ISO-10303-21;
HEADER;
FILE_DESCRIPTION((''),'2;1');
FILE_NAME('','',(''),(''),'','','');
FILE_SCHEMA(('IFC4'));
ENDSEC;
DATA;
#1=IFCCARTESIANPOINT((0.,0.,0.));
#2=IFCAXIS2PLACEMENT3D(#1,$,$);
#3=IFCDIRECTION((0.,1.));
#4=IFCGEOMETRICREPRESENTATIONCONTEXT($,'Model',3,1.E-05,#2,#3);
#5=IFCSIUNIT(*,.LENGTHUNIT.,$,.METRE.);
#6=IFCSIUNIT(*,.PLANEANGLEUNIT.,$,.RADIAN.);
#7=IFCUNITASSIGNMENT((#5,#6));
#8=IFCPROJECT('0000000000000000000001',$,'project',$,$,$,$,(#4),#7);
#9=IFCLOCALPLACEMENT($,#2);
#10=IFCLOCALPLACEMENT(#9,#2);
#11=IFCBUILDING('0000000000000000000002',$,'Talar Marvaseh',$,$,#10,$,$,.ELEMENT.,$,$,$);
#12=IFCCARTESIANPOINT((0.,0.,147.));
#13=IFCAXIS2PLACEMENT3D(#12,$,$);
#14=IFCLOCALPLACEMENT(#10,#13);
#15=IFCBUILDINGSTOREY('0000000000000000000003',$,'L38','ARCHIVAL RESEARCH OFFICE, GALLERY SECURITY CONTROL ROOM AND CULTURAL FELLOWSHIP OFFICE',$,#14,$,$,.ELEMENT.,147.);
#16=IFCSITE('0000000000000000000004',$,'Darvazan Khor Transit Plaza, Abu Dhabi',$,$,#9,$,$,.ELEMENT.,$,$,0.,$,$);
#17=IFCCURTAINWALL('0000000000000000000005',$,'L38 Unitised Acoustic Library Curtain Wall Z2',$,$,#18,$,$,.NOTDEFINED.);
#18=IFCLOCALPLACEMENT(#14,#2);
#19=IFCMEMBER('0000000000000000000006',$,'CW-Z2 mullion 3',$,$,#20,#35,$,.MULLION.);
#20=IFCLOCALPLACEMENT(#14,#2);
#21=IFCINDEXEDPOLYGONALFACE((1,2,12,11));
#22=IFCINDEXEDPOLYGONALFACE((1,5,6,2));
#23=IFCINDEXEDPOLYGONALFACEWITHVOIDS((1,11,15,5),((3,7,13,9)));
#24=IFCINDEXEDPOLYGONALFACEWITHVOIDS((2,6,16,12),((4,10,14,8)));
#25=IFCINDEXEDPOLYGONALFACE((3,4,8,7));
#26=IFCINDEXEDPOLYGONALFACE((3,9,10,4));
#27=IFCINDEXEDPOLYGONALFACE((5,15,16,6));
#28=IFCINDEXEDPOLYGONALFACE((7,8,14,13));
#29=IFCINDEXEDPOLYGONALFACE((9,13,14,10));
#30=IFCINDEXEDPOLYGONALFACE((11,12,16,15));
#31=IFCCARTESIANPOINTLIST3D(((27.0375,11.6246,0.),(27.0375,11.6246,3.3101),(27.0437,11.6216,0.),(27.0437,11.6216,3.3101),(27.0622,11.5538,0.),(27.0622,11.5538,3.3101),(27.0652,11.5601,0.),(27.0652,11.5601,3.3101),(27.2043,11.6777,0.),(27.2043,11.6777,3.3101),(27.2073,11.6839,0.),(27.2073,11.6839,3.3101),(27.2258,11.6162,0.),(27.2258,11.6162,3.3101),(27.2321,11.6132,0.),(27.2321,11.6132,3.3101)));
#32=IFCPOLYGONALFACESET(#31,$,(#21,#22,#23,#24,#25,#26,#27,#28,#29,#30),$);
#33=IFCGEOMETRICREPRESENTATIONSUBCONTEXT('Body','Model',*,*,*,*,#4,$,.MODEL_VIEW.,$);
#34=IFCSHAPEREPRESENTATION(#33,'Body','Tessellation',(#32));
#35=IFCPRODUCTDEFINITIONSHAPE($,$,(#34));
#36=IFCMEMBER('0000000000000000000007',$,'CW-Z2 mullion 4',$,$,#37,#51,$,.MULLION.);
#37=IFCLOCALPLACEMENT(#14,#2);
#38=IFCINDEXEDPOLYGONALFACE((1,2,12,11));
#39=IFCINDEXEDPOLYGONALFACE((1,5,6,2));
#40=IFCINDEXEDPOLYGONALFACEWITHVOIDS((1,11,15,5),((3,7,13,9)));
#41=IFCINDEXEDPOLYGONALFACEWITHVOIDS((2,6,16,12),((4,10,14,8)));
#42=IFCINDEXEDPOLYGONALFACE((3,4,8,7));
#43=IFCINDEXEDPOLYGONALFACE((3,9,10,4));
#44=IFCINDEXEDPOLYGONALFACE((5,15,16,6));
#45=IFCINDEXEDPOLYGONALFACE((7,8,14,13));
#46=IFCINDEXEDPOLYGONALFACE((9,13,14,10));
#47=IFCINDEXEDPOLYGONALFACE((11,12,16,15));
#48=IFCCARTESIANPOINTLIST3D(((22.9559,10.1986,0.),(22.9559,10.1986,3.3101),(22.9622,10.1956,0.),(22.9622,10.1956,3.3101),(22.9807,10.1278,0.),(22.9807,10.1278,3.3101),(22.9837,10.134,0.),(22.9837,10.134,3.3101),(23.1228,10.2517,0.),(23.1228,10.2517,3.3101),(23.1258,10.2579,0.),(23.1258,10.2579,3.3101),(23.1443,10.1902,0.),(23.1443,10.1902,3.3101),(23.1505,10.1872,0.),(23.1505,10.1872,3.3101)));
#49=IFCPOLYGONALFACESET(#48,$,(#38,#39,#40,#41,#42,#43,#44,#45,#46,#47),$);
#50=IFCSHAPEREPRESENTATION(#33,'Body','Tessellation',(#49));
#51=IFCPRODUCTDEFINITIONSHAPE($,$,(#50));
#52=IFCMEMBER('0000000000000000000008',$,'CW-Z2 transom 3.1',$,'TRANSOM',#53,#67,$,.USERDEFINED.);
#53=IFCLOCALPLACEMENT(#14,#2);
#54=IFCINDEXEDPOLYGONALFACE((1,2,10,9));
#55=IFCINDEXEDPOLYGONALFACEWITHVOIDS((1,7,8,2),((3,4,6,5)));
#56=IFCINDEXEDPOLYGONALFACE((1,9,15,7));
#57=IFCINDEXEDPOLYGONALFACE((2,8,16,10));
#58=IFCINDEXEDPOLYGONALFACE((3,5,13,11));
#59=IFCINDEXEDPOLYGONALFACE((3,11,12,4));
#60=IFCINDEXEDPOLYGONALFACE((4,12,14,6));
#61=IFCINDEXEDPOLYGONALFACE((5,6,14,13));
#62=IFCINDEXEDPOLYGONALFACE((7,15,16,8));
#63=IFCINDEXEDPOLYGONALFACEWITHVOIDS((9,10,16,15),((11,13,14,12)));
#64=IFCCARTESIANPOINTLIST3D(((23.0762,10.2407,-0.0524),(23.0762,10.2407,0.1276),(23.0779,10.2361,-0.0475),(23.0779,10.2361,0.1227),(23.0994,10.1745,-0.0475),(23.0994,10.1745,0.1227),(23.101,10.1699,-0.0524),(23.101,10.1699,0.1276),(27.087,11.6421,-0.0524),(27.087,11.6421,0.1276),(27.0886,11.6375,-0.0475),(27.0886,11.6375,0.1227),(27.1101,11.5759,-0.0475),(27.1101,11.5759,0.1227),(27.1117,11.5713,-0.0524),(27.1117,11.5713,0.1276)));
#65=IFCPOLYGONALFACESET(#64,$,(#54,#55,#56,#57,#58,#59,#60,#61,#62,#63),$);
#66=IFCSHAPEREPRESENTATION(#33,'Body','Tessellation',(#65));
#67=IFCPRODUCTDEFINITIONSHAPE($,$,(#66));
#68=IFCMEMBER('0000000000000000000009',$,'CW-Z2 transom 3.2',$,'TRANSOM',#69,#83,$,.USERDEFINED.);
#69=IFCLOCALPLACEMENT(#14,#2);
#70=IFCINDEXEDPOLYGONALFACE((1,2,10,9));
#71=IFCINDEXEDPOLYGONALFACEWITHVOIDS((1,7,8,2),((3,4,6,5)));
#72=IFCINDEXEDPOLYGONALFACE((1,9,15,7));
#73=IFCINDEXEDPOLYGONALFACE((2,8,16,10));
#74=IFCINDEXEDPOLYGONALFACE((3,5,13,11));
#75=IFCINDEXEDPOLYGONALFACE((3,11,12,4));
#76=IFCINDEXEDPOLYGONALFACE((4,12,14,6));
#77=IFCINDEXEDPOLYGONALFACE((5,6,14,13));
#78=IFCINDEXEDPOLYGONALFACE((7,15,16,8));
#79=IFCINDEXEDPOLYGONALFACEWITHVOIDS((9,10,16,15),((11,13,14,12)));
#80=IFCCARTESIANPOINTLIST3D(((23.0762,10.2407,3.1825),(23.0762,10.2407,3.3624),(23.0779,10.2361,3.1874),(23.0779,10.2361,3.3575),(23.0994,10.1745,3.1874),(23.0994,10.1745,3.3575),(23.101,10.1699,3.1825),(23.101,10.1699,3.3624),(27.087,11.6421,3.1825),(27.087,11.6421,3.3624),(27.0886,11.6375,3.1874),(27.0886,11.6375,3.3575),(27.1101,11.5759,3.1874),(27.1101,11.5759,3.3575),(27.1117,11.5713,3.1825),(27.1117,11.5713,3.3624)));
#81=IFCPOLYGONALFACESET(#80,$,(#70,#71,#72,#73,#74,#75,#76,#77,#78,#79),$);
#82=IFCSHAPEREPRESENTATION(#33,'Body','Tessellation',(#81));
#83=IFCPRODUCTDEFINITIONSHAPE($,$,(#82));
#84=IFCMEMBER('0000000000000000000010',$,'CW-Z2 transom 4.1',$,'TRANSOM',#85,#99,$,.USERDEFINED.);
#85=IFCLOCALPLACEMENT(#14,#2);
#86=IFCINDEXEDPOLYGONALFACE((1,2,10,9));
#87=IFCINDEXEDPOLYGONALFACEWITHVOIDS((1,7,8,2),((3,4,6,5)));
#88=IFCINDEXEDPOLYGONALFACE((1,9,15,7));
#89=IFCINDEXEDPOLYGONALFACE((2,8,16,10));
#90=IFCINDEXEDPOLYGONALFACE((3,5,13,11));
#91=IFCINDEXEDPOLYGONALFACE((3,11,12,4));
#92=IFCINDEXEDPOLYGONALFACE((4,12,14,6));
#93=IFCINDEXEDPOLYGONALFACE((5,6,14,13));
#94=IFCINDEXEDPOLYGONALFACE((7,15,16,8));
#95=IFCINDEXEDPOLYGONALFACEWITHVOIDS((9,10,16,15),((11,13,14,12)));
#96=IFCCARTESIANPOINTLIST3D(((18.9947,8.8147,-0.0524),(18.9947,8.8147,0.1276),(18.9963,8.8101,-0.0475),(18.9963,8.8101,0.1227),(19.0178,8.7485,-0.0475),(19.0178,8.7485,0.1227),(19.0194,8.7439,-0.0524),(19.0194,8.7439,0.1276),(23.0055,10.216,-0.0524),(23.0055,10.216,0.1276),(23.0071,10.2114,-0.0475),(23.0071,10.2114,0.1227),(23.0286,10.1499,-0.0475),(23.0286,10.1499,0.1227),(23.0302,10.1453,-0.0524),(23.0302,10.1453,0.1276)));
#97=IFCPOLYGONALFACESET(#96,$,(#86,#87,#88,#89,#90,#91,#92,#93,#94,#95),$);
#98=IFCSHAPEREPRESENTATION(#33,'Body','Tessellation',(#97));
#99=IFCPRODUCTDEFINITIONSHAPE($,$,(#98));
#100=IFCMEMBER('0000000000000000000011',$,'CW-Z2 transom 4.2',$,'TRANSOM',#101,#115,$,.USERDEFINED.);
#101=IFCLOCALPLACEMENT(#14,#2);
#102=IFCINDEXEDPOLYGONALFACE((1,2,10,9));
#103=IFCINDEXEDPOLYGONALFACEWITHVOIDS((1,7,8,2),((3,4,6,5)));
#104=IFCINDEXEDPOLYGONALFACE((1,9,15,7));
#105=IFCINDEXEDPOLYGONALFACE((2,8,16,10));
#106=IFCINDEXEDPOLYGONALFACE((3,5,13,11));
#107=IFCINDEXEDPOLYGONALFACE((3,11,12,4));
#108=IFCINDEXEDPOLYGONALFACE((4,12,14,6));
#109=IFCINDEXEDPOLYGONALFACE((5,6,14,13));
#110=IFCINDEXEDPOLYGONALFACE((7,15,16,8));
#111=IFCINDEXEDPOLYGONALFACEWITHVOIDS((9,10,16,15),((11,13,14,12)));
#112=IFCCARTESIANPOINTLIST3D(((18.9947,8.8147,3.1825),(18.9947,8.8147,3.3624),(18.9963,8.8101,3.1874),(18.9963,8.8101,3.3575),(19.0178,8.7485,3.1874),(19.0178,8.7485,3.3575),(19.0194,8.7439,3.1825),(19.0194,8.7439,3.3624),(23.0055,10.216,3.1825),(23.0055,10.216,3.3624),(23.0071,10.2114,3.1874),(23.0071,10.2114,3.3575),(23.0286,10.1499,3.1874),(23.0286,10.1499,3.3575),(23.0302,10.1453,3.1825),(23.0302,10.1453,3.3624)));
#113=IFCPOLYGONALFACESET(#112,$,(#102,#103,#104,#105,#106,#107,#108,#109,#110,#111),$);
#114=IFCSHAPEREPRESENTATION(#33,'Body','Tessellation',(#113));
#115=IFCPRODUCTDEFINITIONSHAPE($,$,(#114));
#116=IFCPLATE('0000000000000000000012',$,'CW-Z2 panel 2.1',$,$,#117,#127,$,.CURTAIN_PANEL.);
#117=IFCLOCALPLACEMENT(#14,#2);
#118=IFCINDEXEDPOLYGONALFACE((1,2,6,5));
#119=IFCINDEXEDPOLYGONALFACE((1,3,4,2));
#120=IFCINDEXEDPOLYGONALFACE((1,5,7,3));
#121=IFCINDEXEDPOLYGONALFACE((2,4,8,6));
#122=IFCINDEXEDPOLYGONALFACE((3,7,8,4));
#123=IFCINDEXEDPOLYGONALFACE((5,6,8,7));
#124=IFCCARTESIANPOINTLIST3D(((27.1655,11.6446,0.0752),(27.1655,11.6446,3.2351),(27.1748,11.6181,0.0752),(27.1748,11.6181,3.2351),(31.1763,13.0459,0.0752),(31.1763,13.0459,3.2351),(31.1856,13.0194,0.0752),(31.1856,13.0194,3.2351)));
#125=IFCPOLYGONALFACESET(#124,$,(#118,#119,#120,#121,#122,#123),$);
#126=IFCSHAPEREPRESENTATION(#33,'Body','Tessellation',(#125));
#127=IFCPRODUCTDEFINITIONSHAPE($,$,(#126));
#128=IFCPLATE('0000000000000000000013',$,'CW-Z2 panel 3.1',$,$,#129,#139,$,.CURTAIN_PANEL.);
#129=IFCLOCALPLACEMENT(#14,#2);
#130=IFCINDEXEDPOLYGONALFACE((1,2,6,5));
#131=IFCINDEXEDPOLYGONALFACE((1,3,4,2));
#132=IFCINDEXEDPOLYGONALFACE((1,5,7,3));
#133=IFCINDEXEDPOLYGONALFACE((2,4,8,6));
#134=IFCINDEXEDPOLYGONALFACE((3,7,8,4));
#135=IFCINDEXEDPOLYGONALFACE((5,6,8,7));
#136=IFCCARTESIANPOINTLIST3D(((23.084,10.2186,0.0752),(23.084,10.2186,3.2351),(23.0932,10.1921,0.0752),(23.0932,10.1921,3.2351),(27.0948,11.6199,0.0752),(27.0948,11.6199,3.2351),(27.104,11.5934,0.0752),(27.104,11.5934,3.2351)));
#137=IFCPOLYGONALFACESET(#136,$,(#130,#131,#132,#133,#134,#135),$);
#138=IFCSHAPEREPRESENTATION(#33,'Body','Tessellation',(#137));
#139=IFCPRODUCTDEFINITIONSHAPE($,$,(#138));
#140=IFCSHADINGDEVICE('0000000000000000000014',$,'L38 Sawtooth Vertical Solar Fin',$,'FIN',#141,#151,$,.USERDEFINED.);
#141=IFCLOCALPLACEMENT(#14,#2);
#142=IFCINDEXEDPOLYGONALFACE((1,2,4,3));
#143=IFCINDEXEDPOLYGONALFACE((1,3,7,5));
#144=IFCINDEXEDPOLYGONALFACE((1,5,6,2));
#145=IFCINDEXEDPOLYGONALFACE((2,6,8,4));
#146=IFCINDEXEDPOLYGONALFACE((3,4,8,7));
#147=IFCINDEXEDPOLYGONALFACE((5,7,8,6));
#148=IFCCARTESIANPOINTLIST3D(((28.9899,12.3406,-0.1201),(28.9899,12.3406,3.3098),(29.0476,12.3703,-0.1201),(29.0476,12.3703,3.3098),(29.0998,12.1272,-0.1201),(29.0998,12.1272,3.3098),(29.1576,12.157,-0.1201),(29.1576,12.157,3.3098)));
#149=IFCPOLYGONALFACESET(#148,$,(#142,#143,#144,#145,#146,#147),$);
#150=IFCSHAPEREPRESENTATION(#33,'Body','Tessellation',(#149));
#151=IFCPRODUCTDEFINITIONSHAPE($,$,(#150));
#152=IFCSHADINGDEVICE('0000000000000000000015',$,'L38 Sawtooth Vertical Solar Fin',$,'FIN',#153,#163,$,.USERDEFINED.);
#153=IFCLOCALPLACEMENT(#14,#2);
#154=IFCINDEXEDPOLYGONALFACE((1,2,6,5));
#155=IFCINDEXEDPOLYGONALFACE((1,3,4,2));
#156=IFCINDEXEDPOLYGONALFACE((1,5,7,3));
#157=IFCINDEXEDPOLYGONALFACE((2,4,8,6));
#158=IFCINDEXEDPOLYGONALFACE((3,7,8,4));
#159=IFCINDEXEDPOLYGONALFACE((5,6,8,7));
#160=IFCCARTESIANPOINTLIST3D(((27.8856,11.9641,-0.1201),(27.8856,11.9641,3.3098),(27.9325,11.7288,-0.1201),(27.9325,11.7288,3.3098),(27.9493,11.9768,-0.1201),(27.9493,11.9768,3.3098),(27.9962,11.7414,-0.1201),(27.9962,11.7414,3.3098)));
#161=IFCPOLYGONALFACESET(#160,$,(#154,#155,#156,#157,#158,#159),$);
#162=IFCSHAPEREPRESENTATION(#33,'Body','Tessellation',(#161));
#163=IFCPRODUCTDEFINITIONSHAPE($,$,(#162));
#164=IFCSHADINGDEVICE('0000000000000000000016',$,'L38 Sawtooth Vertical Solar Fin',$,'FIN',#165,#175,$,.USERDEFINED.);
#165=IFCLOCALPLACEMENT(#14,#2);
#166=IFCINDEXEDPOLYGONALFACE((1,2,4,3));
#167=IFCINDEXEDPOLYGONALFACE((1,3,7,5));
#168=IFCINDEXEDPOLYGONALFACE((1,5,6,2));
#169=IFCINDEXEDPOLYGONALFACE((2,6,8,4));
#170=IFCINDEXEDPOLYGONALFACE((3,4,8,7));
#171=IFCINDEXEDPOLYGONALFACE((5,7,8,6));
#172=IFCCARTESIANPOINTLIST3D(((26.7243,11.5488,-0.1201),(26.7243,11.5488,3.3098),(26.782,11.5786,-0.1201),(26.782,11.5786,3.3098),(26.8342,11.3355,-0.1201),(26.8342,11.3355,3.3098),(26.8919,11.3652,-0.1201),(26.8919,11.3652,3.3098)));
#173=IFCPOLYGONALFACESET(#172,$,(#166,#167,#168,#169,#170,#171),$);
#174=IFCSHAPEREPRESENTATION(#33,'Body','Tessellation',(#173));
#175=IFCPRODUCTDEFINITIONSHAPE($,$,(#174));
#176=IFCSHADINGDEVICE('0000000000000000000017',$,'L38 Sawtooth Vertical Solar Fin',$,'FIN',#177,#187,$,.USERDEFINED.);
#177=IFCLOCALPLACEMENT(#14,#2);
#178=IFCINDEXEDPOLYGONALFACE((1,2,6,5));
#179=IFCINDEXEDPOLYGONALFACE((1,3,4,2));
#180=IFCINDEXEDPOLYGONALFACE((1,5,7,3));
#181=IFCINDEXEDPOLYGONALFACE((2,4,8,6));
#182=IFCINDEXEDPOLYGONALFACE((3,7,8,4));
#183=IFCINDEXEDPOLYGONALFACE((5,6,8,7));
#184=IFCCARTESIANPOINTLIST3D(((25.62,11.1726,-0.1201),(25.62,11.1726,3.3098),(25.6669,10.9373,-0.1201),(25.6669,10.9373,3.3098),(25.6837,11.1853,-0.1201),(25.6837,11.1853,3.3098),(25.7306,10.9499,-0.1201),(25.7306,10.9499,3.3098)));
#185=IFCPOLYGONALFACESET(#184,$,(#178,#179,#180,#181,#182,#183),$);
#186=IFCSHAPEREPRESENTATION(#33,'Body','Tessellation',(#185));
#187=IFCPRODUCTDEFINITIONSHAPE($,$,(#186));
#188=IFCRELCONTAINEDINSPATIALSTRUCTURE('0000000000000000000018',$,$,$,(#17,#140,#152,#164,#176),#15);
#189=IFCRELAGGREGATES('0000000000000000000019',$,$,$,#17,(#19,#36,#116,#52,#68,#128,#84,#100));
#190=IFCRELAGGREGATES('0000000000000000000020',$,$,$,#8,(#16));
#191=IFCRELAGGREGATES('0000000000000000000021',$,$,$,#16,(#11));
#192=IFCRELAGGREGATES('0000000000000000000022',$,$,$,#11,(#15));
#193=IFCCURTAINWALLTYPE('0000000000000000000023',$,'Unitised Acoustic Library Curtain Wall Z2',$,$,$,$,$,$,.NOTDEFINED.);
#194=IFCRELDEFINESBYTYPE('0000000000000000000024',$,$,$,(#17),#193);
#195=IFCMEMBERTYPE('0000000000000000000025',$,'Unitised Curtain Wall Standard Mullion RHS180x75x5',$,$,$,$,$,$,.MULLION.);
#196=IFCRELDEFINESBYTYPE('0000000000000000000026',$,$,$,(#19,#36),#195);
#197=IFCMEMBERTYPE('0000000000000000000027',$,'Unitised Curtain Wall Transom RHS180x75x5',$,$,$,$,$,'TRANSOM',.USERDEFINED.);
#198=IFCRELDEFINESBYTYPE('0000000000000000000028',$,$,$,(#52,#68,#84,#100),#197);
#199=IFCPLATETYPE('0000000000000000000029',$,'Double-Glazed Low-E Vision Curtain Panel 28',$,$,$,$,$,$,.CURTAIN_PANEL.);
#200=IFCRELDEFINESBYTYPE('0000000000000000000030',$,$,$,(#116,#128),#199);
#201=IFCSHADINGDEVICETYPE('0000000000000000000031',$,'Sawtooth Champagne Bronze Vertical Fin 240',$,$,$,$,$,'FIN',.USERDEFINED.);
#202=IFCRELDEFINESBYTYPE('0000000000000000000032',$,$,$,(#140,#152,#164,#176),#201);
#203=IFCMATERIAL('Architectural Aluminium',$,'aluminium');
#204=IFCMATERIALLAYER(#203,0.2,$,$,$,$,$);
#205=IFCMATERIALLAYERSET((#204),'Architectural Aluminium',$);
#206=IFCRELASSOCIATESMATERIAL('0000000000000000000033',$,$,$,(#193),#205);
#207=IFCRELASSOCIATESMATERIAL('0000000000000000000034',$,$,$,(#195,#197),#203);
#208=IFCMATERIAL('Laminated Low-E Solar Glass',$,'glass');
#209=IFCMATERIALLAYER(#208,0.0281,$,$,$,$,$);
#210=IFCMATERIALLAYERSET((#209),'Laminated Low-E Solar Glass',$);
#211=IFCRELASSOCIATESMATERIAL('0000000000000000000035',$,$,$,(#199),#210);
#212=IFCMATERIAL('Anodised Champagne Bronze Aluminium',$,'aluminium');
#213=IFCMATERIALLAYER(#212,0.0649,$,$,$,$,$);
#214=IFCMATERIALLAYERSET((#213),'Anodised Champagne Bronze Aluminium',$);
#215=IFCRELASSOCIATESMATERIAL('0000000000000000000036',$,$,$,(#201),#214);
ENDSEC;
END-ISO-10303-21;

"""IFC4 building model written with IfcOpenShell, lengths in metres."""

from ifc_helpers import new_model, si_unit, direction, frame, origin, origin_2d, place, context, subcontext, project, spatial, rectangle, hollow_rectangle, extrude, source, transform, mapped, material, layer, layer_set, material_profile, profile_set, type_object, type_shapes, element, aggregate, save


model = new_model("IFC4")

# Units and contexts
model_context = context("Model", 3, precision=1e-05, world=origin(), true_north=direction((0.0, 1.0)))
body_context = subcontext(model_context, "Body", "Model", "MODEL_VIEW")
ifc_project = project(units=[si_unit("LENGTHUNIT", "METRE"), si_unit("PLANEANGLEUNIT", "RADIAN")], contexts=[model_context])

# Site, building, storey
site_placement = place(None, origin())
site = spatial("IfcSite", under=ifc_project, at=site_placement, Name="Darvazan Khor Transit Plaza, Abu Dhabi", CompositionType="ELEMENT", RefElevation=0.0)
building_placement = place(site_placement, origin())
building = spatial("IfcBuilding", under=site, at=building_placement, Name="Talar Marvaseh", CompositionType="ELEMENT")
storey_placement = place(building_placement, frame((0.0, 0.0, 147.0)))
storey = spatial("IfcBuildingStorey", under=building, at=storey_placement, Name="L38", Description="ARCHIVAL RESEARCH OFFICE, GALLERY SECURITY CONTROL ROOM AND CULTURAL FELLOWSHIP OFFICE", CompositionType="ELEMENT", Elevation=147.0)

# Curtain wall, members, plates
ifc_material_1 = material(Name="Architectural Aluminium", Category="aluminium")
ifc_layer_1 = layer(ifc_material_1, 0.2)
ifc_layer_set_1 = layer_set([ifc_layer_1], Name="Architectural Aluminium")
curtain_wall_type = type_object("IfcCurtainWallType", Name="Unitised Acoustic Library Curtain Wall Z2", PredefinedType="NOTDEFINED", material=ifc_layer_set_1)
curtain_wall_placement = place(storey_placement, origin())
curtain_wall = element("IfcCurtainWall", 1, at=curtain_wall_placement, inside=storey, type_object=curtain_wall_type, Name="L38 Unitised Acoustic Library Curtain Wall Z2", PredefinedType="NOTDEFINED")
ifc_material_profile_1 = material_profile(ifc_material_1, hollow_rectangle(XDim=0.075, YDim=0.1799, WallThickness=0.0049, at=origin_2d()), Name="RHS180x75x5")
ifc_profile_set_1 = profile_set([ifc_material_profile_1], Name="Architectural Aluminium")
member_type_1 = type_object("IfcMemberType", Name="Unitised Curtain Wall Standard Mullion RHS180x75x5", PredefinedType="MULLION", material=ifc_profile_set_1)
shared_shape_1 = source(origin(), body_context, "Body", "SweptSolid", [
    extrude(hollow_rectangle(XDim=0.075, YDim=0.1799, WallThickness=0.0049, at=origin_2d()), origin(), (0.0, 0.0, 1.0), 3.3101),
])
type_shapes(member_type_1, [shared_shape_1])
member_1_placement = place(storey_placement, frame((27.1348, 11.6189, 0.0), z_axis=(0.0, 0.0, 1.0), x_axis=(0.329837, -0.944038, 0.0)))
member_1 = element("IfcMember", 2, at=member_1_placement, type_object=member_type_1, Name="CW-Z2 mullion 3", PredefinedType="MULLION", context=body_context, shape_type="MappedRepresentation", body=[
    mapped(shared_shape_1, transform((0.0, 0.0, 0.0), x_axis=(1.0, 0.0, 0.0), y_axis=(0.0, 1.0, 0.0), z_axis=(0.0, 0.0, 1.0), scale=1.0)),
])
member_2_placement = place(storey_placement, frame((23.0532, 10.1929, 0.0), z_axis=(0.0, 0.0, 1.0), x_axis=(0.329837, -0.944038, 0.0)))
member_2 = element("IfcMember", 3, at=member_2_placement, type_object=member_type_1, Name="CW-Z2 mullion 4", PredefinedType="MULLION", context=body_context, shape_type="MappedRepresentation", body=[
    mapped(shared_shape_1, transform((0.0, 0.0, 0.0), x_axis=(1.0, 0.0, 0.0), y_axis=(0.0, 1.0, 0.0), z_axis=(0.0, 0.0, 1.0), scale=1.0)),
])
ifc_material_profile_2 = material_profile(ifc_material_1, hollow_rectangle(XDim=0.075, YDim=0.1799, WallThickness=0.0049, at=origin_2d()), Name="RHS180x75x5")
ifc_profile_set_2 = profile_set([ifc_material_profile_2], Name="Architectural Aluminium")
member_type_2 = type_object("IfcMemberType", Name="Unitised Curtain Wall Transom RHS180x75x5", ElementType="TRANSOM", PredefinedType="USERDEFINED", material=ifc_profile_set_2)
shared_shape_2 = source(origin(), body_context, "Body", "SweptSolid", [
    extrude(hollow_rectangle(XDim=0.075, YDim=0.1799, WallThickness=0.0049, at=origin_2d()), origin(), (0.0, 0.0, 1.0), 4.2485),
])
type_shapes(member_type_2, [shared_shape_2])
member_3_placement = place(storey_placement, frame((27.0994, 11.6067, 0.0376), z_axis=(-0.944034, -0.329849, 0.0), x_axis=(0.329849, -0.944034, 0.0)))
member_3 = element("IfcMember", 4, at=member_3_placement, type_object=member_type_2, Name="CW-Z2 transom 3.1", ObjectType="TRANSOM", PredefinedType="USERDEFINED", context=body_context, shape_type="MappedRepresentation", body=[
    mapped(shared_shape_2, transform((0.0, 0.0, 0.0), x_axis=(1.0, 0.0, 0.0), y_axis=(0.0, 1.0, 0.0), z_axis=(0.0, 0.0, 1.0), scale=1.0)),
])
member_4_placement = place(storey_placement, frame((27.0994, 11.6067, 3.2725), z_axis=(-0.944034, -0.329849, 0.0), x_axis=(0.329849, -0.944034, 0.0)))
member_4 = element("IfcMember", 5, at=member_4_placement, type_object=member_type_2, Name="CW-Z2 transom 3.2", ObjectType="TRANSOM", PredefinedType="USERDEFINED", context=body_context, shape_type="MappedRepresentation", body=[
    mapped(shared_shape_2, transform((0.0, 0.0, 0.0), x_axis=(1.0, 0.0, 0.0), y_axis=(0.0, 1.0, 0.0), z_axis=(0.0, 0.0, 1.0), scale=1.0)),
])
member_5_placement = place(storey_placement, frame((23.0178, 10.1807, 0.0376), z_axis=(-0.944034, -0.329849, 0.0), x_axis=(0.329849, -0.944034, 0.0)))
member_5 = element("IfcMember", 6, at=member_5_placement, type_object=member_type_2, Name="CW-Z2 transom 4.1", ObjectType="TRANSOM", PredefinedType="USERDEFINED", context=body_context, shape_type="MappedRepresentation", body=[
    mapped(shared_shape_2, transform((0.0, 0.0, 0.0), x_axis=(1.0, 0.0, 0.0), y_axis=(0.0, 1.0, 0.0), z_axis=(0.0, 0.0, 1.0), scale=1.0)),
])
member_6_placement = place(storey_placement, frame((23.0178, 10.1807, 3.2725), z_axis=(-0.944034, -0.329849, 0.0), x_axis=(0.329849, -0.944034, 0.0)))
member_6 = element("IfcMember", 7, at=member_6_placement, type_object=member_type_2, Name="CW-Z2 transom 4.2", ObjectType="TRANSOM", PredefinedType="USERDEFINED", context=body_context, shape_type="MappedRepresentation", body=[
    mapped(shared_shape_2, transform((0.0, 0.0, 0.0), x_axis=(1.0, 0.0, 0.0), y_axis=(0.0, 1.0, 0.0), z_axis=(0.0, 0.0, 1.0), scale=1.0)),
])
ifc_material_2 = material(Name="Laminated Low-E Solar Glass", Category="glass")
ifc_layer_2 = layer(ifc_material_2, 0.0281)
ifc_layer_set_2 = layer_set([ifc_layer_2], Name="Laminated Low-E Solar Glass")
plate_type = type_object("IfcPlateType", Name="Double-Glazed Low-E Vision Curtain Panel 28", PredefinedType="CURTAIN_PANEL", material=ifc_layer_set_2)
shared_shape_3 = source(origin(), body_context, "Body", "SweptSolid", [
    extrude(rectangle(XDim=4.2485, YDim=0.0281, at=origin_2d()), origin(), (0.0, 0.0, 1.0), 3.1599),
])
type_shapes(plate_type, [shared_shape_3])
plate_1_placement = place(storey_placement, frame((29.1755, 12.332, 0.0752), z_axis=(0.0, 0.0, 1.0), x_axis=(-0.944038, -0.329837, 0.0)))
plate_1 = element("IfcPlate", 8, at=plate_1_placement, type_object=plate_type, Name="CW-Z2 panel 2.1", PredefinedType="CURTAIN_PANEL", context=body_context, shape_type="MappedRepresentation", body=[
    mapped(shared_shape_3, transform((0.0, 0.0, 0.0), x_axis=(1.0, 0.0, 0.0), y_axis=(0.0, 1.0, 0.0), z_axis=(0.0, 0.0, 1.0), scale=1.0)),
])
plate_2_placement = place(storey_placement, frame((25.094, 10.906, 0.0752), z_axis=(0.0, 0.0, 1.0), x_axis=(-0.944038, -0.329837, 0.0)))
plate_2 = element("IfcPlate", 9, at=plate_2_placement, type_object=plate_type, Name="CW-Z2 panel 3.1", PredefinedType="CURTAIN_PANEL", context=body_context, shape_type="MappedRepresentation", body=[
    mapped(shared_shape_3, transform((0.0, 0.0, 0.0), x_axis=(1.0, 0.0, 0.0), y_axis=(0.0, 1.0, 0.0), z_axis=(0.0, 0.0, 1.0), scale=1.0)),
])
aggregate(curtain_wall, [member_1, member_2, plate_1, member_3, member_4, plate_2, member_5, member_6])

# Shading devices
ifc_material_3 = material(Name="Anodised Champagne Bronze Aluminium", Category="aluminium")
ifc_layer_3 = layer(ifc_material_3, 0.0649)
ifc_layer_set_3 = layer_set([ifc_layer_3], Name="Anodised Champagne Bronze Aluminium")
shading_device_type = type_object("IfcShadingDeviceType", Name="Sawtooth Champagne Bronze Vertical Fin 240", ElementType="FIN", PredefinedType="USERDEFINED", material=ifc_layer_set_3)
shared_shape_4 = source(origin(), body_context, "Body", "SweptSolid", [
    extrude(rectangle(XDim=0.24, YDim=0.0649, at=origin_2d()), origin(), (0.0, 0.0, 1.0), 3.4299),
])
type_shapes(shading_device_type, [shared_shape_4])
for number, where, z_axis, x_axis, name in (
    (10, (29.0737, 12.2488, -0.1201), (0.0, 0.0, 1.0), (0.458029, -0.888937, 0.0), "L38 Sawtooth Vertical Solar Fin"),
    (11, (27.9409, 11.8528, -0.1201), (0.0, 0.0, 1.0), (0.195261, -0.980751, 0.0), "L38 Sawtooth Vertical Solar Fin"),
    (12, (26.8081, 11.457, -0.1201), (0.0, 0.0, 1.0), (0.458029, -0.888937, 0.0), "L38 Sawtooth Vertical Solar Fin"),
    (13, (25.6753, 11.0613, -0.1201), (0.0, 0.0, 1.0), (0.195261, -0.980751, 0.0), "L38 Sawtooth Vertical Solar Fin"),
):
    element("IfcShadingDevice", number, at=place(storey_placement, frame(where, z_axis=z_axis, x_axis=x_axis)), inside=storey, type_object=shading_device_type, Name=name, ObjectType="FIN", PredefinedType="USERDEFINED", context=body_context, shape_type="MappedRepresentation", body=[
        mapped(shared_shape_4, transform((0.0, 0.0, 0.0), x_axis=(1.0, 0.0, 0.0), y_axis=(0.0, 1.0, 0.0), z_axis=(0.0, 0.0, 1.0), scale=1.0)),
    ])

save(model, "model.ifc")
